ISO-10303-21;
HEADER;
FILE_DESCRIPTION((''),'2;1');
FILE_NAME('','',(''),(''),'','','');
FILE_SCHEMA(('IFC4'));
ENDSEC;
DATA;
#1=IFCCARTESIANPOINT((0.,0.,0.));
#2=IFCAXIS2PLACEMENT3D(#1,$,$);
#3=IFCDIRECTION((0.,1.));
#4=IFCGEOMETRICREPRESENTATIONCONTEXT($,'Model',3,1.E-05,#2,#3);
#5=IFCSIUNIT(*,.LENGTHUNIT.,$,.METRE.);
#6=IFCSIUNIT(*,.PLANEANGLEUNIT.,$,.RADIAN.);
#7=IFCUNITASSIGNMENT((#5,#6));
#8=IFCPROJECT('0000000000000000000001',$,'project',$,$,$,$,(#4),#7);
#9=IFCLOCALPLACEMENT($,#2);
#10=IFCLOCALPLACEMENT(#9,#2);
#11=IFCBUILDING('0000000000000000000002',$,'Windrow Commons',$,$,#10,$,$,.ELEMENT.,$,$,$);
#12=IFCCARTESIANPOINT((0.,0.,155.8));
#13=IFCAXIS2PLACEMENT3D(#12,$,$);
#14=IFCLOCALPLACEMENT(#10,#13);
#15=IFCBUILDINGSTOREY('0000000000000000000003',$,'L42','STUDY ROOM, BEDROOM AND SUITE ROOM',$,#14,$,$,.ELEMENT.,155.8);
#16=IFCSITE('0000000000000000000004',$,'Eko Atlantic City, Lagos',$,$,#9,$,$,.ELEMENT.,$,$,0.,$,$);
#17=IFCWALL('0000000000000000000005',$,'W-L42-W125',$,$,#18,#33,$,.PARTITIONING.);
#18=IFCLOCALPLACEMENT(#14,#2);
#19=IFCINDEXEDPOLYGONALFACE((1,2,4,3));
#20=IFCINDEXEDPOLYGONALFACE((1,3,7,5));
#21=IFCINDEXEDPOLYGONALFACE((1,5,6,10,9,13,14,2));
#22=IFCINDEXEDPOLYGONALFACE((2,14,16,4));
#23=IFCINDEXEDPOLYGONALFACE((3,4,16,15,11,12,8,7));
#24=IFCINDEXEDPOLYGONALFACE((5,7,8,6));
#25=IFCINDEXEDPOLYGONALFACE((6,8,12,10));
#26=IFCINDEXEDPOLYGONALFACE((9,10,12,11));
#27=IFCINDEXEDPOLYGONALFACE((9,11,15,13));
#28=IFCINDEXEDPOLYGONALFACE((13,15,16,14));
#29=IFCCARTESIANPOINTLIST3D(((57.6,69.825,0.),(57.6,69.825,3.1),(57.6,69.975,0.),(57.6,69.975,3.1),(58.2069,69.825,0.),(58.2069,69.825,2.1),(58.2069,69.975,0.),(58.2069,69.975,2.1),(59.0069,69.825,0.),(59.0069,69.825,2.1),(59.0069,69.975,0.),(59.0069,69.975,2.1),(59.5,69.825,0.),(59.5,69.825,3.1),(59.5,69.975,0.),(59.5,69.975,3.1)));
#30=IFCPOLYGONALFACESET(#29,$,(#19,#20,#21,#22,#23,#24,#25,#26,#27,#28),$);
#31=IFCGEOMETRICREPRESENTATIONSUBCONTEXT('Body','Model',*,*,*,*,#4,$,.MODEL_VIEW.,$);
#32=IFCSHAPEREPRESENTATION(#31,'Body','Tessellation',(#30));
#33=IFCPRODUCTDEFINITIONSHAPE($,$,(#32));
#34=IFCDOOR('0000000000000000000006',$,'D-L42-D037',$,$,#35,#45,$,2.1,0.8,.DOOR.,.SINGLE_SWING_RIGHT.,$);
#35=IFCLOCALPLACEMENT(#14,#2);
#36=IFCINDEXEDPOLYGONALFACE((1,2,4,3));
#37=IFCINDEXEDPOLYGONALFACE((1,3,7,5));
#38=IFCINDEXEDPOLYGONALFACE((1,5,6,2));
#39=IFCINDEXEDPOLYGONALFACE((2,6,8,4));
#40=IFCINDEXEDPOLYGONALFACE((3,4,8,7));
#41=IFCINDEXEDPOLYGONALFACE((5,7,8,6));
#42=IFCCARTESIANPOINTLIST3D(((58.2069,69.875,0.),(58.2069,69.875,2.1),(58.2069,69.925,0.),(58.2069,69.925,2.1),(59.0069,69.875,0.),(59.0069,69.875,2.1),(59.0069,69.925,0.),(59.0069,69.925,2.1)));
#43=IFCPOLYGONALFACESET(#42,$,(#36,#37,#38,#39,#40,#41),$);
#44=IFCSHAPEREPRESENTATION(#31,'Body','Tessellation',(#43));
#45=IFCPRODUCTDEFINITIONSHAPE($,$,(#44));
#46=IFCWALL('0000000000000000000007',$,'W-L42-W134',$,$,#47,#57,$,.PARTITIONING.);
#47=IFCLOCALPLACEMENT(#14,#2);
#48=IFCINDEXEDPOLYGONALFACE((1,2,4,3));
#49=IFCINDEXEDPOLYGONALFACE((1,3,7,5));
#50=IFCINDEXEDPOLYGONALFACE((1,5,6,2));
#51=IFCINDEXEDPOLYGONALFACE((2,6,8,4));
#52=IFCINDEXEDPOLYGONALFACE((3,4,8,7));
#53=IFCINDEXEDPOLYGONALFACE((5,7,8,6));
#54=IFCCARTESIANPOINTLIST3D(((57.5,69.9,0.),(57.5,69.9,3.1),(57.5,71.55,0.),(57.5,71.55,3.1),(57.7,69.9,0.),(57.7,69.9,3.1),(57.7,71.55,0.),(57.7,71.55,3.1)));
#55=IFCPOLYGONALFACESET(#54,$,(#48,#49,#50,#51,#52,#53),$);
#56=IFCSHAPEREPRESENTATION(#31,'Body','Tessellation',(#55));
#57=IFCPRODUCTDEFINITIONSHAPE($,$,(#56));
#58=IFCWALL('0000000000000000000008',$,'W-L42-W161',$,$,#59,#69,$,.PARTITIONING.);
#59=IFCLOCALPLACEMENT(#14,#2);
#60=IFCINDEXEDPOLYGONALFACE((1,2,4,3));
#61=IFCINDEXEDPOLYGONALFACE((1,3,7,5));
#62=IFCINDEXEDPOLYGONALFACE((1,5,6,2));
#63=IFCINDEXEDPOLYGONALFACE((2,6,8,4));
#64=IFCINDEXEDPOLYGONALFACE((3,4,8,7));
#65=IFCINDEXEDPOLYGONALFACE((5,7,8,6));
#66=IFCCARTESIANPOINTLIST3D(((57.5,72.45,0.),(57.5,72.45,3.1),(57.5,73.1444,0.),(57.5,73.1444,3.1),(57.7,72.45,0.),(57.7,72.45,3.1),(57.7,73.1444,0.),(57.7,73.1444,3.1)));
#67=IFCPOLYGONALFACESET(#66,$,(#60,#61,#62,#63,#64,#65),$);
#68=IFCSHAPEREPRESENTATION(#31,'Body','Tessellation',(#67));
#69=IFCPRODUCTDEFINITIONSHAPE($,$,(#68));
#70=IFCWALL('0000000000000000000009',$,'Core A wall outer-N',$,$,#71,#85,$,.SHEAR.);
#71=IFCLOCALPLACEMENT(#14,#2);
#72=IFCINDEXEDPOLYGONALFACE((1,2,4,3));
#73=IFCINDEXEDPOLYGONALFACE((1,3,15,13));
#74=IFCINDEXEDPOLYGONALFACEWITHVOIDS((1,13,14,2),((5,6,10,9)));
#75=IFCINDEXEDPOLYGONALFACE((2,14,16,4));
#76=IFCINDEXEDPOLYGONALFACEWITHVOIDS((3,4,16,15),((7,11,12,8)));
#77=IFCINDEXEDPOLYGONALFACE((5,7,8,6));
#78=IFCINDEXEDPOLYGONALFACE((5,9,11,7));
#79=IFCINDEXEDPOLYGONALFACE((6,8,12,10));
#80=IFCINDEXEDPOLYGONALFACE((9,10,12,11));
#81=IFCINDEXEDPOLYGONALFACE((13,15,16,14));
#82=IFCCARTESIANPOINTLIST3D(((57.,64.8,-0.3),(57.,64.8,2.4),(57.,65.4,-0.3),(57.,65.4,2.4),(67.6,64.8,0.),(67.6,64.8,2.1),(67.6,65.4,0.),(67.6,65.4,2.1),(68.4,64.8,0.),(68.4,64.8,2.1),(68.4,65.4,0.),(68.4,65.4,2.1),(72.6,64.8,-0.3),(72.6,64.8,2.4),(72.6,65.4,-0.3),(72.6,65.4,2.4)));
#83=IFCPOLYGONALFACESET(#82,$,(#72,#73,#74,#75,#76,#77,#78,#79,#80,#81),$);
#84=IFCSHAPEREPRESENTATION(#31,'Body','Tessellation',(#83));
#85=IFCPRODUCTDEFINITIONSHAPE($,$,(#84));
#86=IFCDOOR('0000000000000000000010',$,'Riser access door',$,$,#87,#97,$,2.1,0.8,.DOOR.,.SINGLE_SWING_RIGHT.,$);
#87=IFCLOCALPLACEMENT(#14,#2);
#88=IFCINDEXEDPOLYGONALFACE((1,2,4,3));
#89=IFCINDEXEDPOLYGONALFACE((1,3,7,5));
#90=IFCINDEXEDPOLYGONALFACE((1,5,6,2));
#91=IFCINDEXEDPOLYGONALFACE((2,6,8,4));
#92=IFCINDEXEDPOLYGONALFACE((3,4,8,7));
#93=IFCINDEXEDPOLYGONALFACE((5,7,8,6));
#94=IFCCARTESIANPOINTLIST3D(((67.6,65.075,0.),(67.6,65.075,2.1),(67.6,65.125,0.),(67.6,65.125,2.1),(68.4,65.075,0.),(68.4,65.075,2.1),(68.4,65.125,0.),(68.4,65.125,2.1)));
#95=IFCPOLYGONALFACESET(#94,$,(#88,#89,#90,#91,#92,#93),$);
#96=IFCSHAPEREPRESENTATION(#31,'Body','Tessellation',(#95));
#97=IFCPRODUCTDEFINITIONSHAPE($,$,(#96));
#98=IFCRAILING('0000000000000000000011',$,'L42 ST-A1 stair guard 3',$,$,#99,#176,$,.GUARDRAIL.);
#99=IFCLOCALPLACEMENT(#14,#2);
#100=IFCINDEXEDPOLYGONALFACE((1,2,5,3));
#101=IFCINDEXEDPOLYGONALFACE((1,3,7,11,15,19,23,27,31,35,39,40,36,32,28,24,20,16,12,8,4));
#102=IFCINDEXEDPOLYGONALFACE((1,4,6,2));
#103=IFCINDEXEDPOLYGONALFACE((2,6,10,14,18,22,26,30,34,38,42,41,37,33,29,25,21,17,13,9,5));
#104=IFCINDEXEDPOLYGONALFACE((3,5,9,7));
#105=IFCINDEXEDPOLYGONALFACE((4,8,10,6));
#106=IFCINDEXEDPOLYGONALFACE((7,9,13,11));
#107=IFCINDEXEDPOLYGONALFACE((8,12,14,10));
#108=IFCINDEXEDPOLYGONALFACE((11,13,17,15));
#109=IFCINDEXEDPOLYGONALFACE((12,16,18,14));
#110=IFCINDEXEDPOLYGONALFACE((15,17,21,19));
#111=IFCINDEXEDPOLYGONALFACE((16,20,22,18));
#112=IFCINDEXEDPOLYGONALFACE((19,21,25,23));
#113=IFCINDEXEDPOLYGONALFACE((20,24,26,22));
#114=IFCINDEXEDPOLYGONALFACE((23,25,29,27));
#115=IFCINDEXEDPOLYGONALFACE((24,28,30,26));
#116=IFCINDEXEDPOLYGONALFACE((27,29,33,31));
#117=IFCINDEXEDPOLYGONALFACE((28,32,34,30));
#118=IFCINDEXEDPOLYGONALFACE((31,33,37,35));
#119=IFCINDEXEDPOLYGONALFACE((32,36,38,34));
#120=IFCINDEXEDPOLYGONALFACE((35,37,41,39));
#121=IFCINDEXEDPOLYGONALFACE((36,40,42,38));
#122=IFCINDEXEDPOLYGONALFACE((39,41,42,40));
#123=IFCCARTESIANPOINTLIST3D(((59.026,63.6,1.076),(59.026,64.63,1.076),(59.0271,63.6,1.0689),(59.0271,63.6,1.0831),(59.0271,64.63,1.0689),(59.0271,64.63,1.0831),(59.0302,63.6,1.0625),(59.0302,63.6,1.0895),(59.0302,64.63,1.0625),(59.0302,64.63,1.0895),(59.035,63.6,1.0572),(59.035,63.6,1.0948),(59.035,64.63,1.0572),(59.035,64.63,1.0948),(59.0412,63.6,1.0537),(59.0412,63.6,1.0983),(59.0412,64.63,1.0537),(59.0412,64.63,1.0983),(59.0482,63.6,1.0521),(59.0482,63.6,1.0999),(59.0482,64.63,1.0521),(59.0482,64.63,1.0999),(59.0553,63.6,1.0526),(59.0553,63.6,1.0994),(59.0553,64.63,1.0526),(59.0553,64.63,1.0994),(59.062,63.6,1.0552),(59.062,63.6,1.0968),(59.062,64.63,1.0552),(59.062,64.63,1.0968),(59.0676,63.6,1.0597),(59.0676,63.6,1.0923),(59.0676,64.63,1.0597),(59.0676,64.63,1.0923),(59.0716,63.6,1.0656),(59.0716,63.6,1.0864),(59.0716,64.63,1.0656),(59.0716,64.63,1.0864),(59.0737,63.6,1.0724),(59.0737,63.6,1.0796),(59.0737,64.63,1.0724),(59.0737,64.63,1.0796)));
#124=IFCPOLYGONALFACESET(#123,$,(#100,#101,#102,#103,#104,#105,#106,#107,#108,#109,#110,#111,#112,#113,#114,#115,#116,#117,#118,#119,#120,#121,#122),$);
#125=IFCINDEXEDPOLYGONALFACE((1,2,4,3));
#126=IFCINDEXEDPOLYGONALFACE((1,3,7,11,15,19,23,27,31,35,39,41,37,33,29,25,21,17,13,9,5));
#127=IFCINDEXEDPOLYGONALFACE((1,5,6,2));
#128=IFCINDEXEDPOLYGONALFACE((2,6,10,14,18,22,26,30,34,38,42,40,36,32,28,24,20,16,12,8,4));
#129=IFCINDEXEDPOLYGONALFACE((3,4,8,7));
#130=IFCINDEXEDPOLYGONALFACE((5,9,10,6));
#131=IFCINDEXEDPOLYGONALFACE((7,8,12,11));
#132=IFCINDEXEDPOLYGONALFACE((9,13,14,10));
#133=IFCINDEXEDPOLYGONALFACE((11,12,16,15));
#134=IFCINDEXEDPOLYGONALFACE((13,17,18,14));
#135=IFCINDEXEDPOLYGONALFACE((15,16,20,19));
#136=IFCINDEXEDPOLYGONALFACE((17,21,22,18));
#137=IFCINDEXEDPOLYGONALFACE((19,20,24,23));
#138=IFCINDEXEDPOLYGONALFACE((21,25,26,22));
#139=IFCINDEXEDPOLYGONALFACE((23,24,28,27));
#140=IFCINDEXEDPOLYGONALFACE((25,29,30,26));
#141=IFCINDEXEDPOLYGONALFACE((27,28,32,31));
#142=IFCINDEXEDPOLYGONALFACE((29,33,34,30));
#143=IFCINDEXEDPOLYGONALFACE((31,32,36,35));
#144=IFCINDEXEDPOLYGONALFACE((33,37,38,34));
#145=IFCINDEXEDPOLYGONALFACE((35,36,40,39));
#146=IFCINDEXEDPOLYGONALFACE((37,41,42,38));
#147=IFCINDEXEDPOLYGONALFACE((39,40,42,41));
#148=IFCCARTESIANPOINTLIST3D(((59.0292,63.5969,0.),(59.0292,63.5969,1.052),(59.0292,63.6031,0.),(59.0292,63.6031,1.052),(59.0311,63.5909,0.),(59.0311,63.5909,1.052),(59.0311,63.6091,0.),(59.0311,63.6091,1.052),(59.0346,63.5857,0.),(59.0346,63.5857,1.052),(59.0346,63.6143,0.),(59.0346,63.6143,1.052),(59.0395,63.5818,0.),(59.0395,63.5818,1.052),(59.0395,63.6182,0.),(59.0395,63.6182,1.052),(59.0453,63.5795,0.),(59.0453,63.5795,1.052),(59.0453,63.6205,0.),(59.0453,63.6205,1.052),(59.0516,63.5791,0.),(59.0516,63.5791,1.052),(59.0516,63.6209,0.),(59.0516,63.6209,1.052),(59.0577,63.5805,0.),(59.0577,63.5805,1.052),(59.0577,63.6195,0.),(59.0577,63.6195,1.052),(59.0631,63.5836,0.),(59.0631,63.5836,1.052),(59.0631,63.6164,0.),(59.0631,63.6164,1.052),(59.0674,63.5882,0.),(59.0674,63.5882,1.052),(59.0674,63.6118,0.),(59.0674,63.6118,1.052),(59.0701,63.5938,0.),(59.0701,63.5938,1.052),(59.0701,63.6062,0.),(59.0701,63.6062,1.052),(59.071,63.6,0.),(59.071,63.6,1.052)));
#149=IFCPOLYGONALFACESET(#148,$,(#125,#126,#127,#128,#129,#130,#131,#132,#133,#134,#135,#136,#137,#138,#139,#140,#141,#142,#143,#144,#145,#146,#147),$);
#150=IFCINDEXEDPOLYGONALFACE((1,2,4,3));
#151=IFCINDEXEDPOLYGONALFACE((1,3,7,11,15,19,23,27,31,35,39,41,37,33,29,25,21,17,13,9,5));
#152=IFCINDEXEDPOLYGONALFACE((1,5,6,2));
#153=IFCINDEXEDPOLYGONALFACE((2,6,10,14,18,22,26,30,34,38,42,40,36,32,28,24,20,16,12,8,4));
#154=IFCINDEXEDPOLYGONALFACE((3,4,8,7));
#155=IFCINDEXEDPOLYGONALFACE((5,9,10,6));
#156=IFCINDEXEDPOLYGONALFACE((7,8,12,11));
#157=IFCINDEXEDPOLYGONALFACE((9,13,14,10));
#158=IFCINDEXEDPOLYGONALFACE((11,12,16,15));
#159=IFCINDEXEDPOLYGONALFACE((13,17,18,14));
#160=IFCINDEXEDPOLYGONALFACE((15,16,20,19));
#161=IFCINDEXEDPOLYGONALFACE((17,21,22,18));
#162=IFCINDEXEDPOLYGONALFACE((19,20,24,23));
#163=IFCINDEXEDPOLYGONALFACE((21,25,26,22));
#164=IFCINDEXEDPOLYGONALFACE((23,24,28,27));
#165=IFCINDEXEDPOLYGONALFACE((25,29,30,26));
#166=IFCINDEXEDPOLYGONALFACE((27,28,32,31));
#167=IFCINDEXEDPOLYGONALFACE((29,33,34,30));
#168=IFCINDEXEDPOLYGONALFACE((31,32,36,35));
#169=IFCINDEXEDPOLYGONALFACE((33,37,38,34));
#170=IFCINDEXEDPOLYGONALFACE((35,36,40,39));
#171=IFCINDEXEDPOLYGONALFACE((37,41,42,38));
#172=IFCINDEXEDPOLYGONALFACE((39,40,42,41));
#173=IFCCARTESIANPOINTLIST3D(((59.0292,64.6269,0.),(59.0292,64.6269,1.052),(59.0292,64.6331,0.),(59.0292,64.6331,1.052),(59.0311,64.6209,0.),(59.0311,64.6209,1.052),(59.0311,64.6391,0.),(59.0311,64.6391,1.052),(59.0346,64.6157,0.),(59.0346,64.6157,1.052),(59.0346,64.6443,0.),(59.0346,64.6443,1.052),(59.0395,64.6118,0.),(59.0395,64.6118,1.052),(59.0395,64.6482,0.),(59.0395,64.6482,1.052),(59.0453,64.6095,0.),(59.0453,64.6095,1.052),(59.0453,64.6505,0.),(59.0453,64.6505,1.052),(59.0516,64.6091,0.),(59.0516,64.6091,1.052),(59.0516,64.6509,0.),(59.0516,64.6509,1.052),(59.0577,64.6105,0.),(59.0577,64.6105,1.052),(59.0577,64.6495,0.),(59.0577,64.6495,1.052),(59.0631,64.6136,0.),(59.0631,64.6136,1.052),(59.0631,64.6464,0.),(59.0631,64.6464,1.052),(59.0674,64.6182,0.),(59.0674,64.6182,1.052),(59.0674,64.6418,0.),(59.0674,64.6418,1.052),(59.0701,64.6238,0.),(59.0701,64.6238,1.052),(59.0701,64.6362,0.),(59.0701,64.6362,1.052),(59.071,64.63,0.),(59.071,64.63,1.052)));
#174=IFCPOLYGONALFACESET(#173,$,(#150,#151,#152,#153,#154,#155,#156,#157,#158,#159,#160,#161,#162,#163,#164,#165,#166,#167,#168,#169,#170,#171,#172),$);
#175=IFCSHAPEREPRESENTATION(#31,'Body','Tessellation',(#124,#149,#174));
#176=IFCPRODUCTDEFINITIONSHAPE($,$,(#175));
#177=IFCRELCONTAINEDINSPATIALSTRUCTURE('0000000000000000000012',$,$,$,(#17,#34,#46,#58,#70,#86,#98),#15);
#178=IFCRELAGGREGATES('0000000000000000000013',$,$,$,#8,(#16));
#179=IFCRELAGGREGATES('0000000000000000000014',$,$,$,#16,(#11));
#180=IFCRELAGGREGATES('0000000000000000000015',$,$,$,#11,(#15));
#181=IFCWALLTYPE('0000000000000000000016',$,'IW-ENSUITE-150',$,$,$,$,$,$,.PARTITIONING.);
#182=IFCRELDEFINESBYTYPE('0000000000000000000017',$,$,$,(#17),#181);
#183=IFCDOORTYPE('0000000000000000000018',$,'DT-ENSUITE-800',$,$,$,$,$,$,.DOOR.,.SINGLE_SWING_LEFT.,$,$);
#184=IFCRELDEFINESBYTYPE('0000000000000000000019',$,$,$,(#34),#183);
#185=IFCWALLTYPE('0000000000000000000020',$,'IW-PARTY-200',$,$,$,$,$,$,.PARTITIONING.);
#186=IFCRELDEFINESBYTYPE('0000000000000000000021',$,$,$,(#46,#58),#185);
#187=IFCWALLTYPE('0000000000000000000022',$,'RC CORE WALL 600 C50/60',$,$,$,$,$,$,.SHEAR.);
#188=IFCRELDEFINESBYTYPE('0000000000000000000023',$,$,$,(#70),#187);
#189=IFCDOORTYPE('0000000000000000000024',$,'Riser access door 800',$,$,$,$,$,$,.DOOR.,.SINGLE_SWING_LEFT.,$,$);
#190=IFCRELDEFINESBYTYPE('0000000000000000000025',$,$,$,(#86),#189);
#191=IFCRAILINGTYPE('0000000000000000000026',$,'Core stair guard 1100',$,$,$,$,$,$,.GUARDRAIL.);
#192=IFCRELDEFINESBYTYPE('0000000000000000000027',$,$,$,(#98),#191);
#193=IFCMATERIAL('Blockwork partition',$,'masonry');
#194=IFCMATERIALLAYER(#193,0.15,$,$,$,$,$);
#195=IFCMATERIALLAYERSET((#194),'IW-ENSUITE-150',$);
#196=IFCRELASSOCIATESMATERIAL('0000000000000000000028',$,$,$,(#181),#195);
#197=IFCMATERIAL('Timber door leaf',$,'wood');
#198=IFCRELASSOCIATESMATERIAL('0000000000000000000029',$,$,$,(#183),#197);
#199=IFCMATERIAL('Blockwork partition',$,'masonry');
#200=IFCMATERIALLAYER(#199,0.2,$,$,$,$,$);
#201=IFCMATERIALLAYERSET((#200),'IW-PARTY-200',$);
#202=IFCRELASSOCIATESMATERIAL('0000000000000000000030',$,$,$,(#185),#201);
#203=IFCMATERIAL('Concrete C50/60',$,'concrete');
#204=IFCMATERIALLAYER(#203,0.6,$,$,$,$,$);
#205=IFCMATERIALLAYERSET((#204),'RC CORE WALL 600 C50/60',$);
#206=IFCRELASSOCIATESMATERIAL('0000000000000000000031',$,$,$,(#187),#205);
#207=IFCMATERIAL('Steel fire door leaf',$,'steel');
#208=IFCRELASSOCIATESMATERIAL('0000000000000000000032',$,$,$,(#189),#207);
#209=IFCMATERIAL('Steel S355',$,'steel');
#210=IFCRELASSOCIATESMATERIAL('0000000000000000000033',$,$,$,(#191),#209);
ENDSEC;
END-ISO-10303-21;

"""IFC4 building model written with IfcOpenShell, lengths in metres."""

from ifc_helpers import new_model, si_unit, direction, frame, frame_2d, origin, origin_2d, place, context, subcontext, project, spatial, rectangle, circle, extrude, material, layer, layer_set, type_object, element, fill, save


model = new_model("IFC4")

# Units and contexts
model_context = context("Model", 3, precision=1e-05, world=origin(), true_north=direction((0.0, 1.0)))
body_context = subcontext(model_context, "Body", "Model", "MODEL_VIEW")
ifc_project = project(units=[si_unit("LENGTHUNIT", "METRE"), si_unit("PLANEANGLEUNIT", "RADIAN")], contexts=[model_context])

# Site, building, storey
site_placement = place(None, origin())
site = spatial("IfcSite", under=ifc_project, at=site_placement, Name="Eko Atlantic City, Lagos", CompositionType="ELEMENT", RefElevation=0.0)
building_placement = place(site_placement, origin())
building = spatial("IfcBuilding", under=site, at=building_placement, Name="Windrow Commons", CompositionType="ELEMENT")
storey_placement = place(building_placement, frame((0.0, 0.0, 155.8)))
storey = spatial("IfcBuildingStorey", under=building, at=storey_placement, Name="L42", Description="STUDY ROOM, BEDROOM AND SUITE ROOM", CompositionType="ELEMENT", Elevation=155.8)

# Shared definitions
ifc_material_1 = material(Name="Blockwork partition", Category="masonry")
ifc_layer_1 = layer(ifc_material_1, 0.15)
ifc_layer_set_1 = layer_set([ifc_layer_1], Name="IW-ENSUITE-150")
wall_type_1 = type_object("IfcWallType", Name="IW-ENSUITE-150", PredefinedType="PARTITIONING", material=ifc_layer_set_1)

# Wall, opening, door
wall_1_placement = place(storey_placement, frame((57.6, 69.9, 0.0), z_axis=(0.0, 0.0, 1.0), x_axis=(1.0, 0.0, 0.0)))
wall_1 = element("IfcWall", 1, at=wall_1_placement, inside=storey, type_object=wall_type_1, Name="W-L42-W125", PredefinedType="PARTITIONING", context=body_context, shape_type="SweptSolid", body=[
    extrude(rectangle(XDim=1.9, YDim=0.15, at=frame_2d((0.95, 0.0))), origin(), (0.0, 0.0, 1.0), 3.1),
])
opening_1_placement = place(wall_1_placement, frame((0.6069, 0.0, 0.0)))
opening_1 = element("IfcOpeningElement", 2, at=opening_1_placement, cuts=wall_1, PredefinedType="OPENING", context=body_context, shape_type="SweptSolid", body=[
    extrude(rectangle(XDim=0.8, YDim=2.1, at=frame_2d((0.4, 1.05))), frame((0.0, 0.085, 0.0), z_axis=(0.0, -1.0, 0.0), x_axis=(1.0, 0.0, 0.0)), (0.0, 0.0, 1.0), 0.17),
])
ifc_material_2 = material(Name="Timber door leaf", Category="wood")
door_type_1 = type_object("IfcDoorType", Name="DT-ENSUITE-800", OperationType="SINGLE_SWING_LEFT", PredefinedType="DOOR", material=ifc_material_2)
door_1_placement = place(opening_1_placement, origin())
door_1 = element("IfcDoor", 3, at=door_1_placement, inside=storey, type_object=door_type_1, Name="D-L42-D037", OperationType="SINGLE_SWING_RIGHT", OverallHeight=2.1, OverallWidth=0.8, PredefinedType="DOOR", context=body_context, shape_type="SweptSolid", body=[
    extrude(rectangle(XDim=0.8, YDim=2.1, at=frame_2d((0.4, 1.05))), frame((0.0, 0.025, 0.0), z_axis=(0.0, -1.0, 0.0), x_axis=(1.0, 0.0, 0.0)), (0.0, 0.0, 1.0), 0.05),
])
fill(opening_1, door_1)

# Walls
ifc_material_3 = material(Name="Blockwork partition", Category="masonry")
ifc_layer_2 = layer(ifc_material_3, 0.2)
ifc_layer_set_2 = layer_set([ifc_layer_2], Name="IW-PARTY-200")
wall_type_2 = type_object("IfcWallType", Name="IW-PARTY-200", PredefinedType="PARTITIONING", material=ifc_layer_set_2)
wall_2_placement = place(storey_placement, frame((57.6, 69.9, 0.0), z_axis=(0.0, 0.0, 1.0), x_axis=(0.0, 1.0, 0.0)))
element("IfcWall", 4, at=wall_2_placement, inside=storey, type_object=wall_type_2, Name="W-L42-W134", PredefinedType="PARTITIONING", context=body_context, shape_type="SweptSolid", body=[
    extrude(rectangle(XDim=1.65, YDim=0.2, at=frame_2d((0.825, 0.0))), origin(), (0.0, 0.0, 1.0), 3.1),
])
wall_3_placement = place(storey_placement, frame((57.6, 72.45, 0.0), z_axis=(0.0, 0.0, 1.0), x_axis=(0.0, 1.0, 0.0)))
element("IfcWall", 5, at=wall_3_placement, inside=storey, type_object=wall_type_2, Name="W-L42-W161", PredefinedType="PARTITIONING", context=body_context, shape_type="SweptSolid", body=[
    extrude(rectangle(XDim=0.6944, YDim=0.2, at=frame_2d((0.3472, 0.0))), origin(), (0.0, 0.0, 1.0), 3.1),
])

# Wall, opening, door
ifc_material_4 = material(Name="Concrete C50/60", Category="concrete")
ifc_layer_3 = layer(ifc_material_4, 0.6)
ifc_layer_set_3 = layer_set([ifc_layer_3], Name="RC CORE WALL 600 C50/60")
wall_type_3 = type_object("IfcWallType", Name="RC CORE WALL 600 C50/60", PredefinedType="SHEAR", material=ifc_layer_set_3)
wall_4_placement = place(storey_placement, frame((57.0, 65.1, -0.3), z_axis=(0.0, 0.0, 1.0), x_axis=(1.0, 0.0, 0.0)))
wall_4 = element("IfcWall", 6, at=wall_4_placement, inside=storey, type_object=wall_type_3, Name="Core A wall outer-N", PredefinedType="SHEAR", context=body_context, shape_type="SweptSolid", body=[
    extrude(rectangle(XDim=15.6, YDim=0.6, at=frame_2d((7.8, 0.0))), origin(), (0.0, 0.0, 1.0), 2.7),
])
opening_2_placement = place(wall_4_placement, frame((10.6, 0.0, 0.3)))
opening_2 = element("IfcOpeningElement", 7, at=opening_2_placement, cuts=wall_4, PredefinedType="OPENING", context=body_context, shape_type="SweptSolid", body=[
    extrude(rectangle(XDim=0.8, YDim=2.1, at=frame_2d((0.4, 1.05))), frame((0.0, 0.31, 0.0), z_axis=(0.0, -1.0, 0.0), x_axis=(1.0, 0.0, 0.0)), (0.0, 0.0, 1.0), 0.62),
])
ifc_material_5 = material(Name="Steel fire door leaf", Category="steel")
door_type_2 = type_object("IfcDoorType", Name="Riser access door 800", OperationType="SINGLE_SWING_LEFT", PredefinedType="DOOR", material=ifc_material_5)
door_2_placement = place(opening_2_placement, origin())
door_2 = element("IfcDoor", 8, at=door_2_placement, inside=storey, type_object=door_type_2, Name="Riser access door", OperationType="SINGLE_SWING_RIGHT", OverallHeight=2.1, OverallWidth=0.8, PredefinedType="DOOR", context=body_context, shape_type="SweptSolid", body=[
    extrude(rectangle(XDim=0.8, YDim=2.1, at=frame_2d((0.4, 1.05))), frame((0.0, 0.025, 0.0), z_axis=(0.0, -1.0, 0.0), x_axis=(1.0, 0.0, 0.0)), (0.0, 0.0, 1.0), 0.05),
])
fill(opening_2, door_2)

# Railing
ifc_material_6 = material(Name="Steel S355", Category="steel")
railing_type = type_object("IfcRailingType", Name="Core stair guard 1100", PredefinedType="GUARDRAIL", material=ifc_material_6)
for number, where, name in (
    (9, (59.05, 63.6, 0.0), "L42 ST-A1 stair guard 3"),
):
    element("IfcRailing", number, at=place(storey_placement, frame(where)), inside=storey, type_object=railing_type, Name=name, PredefinedType="GUARDRAIL", context=body_context, shape_type="SweptSolid", body=[
        extrude(circle(Radius=0.024, at=origin_2d()), frame((0.0, 0.0, 1.076), z_axis=(0.0, 1.0, 0.0), x_axis=(-1.0, 0.0, 0.0)), (0.0, 0.0, 1.0), 1.03),
        extrude(circle(Radius=0.021, at=origin_2d()), origin(), (0.0, 0.0, 1.0), 1.052),
        extrude(circle(Radius=0.021, at=origin_2d()), frame((0.0, 1.03, 0.0)), (0.0, 0.0, 1.0), 1.052),
    ])

save(model, "model.ifc")
